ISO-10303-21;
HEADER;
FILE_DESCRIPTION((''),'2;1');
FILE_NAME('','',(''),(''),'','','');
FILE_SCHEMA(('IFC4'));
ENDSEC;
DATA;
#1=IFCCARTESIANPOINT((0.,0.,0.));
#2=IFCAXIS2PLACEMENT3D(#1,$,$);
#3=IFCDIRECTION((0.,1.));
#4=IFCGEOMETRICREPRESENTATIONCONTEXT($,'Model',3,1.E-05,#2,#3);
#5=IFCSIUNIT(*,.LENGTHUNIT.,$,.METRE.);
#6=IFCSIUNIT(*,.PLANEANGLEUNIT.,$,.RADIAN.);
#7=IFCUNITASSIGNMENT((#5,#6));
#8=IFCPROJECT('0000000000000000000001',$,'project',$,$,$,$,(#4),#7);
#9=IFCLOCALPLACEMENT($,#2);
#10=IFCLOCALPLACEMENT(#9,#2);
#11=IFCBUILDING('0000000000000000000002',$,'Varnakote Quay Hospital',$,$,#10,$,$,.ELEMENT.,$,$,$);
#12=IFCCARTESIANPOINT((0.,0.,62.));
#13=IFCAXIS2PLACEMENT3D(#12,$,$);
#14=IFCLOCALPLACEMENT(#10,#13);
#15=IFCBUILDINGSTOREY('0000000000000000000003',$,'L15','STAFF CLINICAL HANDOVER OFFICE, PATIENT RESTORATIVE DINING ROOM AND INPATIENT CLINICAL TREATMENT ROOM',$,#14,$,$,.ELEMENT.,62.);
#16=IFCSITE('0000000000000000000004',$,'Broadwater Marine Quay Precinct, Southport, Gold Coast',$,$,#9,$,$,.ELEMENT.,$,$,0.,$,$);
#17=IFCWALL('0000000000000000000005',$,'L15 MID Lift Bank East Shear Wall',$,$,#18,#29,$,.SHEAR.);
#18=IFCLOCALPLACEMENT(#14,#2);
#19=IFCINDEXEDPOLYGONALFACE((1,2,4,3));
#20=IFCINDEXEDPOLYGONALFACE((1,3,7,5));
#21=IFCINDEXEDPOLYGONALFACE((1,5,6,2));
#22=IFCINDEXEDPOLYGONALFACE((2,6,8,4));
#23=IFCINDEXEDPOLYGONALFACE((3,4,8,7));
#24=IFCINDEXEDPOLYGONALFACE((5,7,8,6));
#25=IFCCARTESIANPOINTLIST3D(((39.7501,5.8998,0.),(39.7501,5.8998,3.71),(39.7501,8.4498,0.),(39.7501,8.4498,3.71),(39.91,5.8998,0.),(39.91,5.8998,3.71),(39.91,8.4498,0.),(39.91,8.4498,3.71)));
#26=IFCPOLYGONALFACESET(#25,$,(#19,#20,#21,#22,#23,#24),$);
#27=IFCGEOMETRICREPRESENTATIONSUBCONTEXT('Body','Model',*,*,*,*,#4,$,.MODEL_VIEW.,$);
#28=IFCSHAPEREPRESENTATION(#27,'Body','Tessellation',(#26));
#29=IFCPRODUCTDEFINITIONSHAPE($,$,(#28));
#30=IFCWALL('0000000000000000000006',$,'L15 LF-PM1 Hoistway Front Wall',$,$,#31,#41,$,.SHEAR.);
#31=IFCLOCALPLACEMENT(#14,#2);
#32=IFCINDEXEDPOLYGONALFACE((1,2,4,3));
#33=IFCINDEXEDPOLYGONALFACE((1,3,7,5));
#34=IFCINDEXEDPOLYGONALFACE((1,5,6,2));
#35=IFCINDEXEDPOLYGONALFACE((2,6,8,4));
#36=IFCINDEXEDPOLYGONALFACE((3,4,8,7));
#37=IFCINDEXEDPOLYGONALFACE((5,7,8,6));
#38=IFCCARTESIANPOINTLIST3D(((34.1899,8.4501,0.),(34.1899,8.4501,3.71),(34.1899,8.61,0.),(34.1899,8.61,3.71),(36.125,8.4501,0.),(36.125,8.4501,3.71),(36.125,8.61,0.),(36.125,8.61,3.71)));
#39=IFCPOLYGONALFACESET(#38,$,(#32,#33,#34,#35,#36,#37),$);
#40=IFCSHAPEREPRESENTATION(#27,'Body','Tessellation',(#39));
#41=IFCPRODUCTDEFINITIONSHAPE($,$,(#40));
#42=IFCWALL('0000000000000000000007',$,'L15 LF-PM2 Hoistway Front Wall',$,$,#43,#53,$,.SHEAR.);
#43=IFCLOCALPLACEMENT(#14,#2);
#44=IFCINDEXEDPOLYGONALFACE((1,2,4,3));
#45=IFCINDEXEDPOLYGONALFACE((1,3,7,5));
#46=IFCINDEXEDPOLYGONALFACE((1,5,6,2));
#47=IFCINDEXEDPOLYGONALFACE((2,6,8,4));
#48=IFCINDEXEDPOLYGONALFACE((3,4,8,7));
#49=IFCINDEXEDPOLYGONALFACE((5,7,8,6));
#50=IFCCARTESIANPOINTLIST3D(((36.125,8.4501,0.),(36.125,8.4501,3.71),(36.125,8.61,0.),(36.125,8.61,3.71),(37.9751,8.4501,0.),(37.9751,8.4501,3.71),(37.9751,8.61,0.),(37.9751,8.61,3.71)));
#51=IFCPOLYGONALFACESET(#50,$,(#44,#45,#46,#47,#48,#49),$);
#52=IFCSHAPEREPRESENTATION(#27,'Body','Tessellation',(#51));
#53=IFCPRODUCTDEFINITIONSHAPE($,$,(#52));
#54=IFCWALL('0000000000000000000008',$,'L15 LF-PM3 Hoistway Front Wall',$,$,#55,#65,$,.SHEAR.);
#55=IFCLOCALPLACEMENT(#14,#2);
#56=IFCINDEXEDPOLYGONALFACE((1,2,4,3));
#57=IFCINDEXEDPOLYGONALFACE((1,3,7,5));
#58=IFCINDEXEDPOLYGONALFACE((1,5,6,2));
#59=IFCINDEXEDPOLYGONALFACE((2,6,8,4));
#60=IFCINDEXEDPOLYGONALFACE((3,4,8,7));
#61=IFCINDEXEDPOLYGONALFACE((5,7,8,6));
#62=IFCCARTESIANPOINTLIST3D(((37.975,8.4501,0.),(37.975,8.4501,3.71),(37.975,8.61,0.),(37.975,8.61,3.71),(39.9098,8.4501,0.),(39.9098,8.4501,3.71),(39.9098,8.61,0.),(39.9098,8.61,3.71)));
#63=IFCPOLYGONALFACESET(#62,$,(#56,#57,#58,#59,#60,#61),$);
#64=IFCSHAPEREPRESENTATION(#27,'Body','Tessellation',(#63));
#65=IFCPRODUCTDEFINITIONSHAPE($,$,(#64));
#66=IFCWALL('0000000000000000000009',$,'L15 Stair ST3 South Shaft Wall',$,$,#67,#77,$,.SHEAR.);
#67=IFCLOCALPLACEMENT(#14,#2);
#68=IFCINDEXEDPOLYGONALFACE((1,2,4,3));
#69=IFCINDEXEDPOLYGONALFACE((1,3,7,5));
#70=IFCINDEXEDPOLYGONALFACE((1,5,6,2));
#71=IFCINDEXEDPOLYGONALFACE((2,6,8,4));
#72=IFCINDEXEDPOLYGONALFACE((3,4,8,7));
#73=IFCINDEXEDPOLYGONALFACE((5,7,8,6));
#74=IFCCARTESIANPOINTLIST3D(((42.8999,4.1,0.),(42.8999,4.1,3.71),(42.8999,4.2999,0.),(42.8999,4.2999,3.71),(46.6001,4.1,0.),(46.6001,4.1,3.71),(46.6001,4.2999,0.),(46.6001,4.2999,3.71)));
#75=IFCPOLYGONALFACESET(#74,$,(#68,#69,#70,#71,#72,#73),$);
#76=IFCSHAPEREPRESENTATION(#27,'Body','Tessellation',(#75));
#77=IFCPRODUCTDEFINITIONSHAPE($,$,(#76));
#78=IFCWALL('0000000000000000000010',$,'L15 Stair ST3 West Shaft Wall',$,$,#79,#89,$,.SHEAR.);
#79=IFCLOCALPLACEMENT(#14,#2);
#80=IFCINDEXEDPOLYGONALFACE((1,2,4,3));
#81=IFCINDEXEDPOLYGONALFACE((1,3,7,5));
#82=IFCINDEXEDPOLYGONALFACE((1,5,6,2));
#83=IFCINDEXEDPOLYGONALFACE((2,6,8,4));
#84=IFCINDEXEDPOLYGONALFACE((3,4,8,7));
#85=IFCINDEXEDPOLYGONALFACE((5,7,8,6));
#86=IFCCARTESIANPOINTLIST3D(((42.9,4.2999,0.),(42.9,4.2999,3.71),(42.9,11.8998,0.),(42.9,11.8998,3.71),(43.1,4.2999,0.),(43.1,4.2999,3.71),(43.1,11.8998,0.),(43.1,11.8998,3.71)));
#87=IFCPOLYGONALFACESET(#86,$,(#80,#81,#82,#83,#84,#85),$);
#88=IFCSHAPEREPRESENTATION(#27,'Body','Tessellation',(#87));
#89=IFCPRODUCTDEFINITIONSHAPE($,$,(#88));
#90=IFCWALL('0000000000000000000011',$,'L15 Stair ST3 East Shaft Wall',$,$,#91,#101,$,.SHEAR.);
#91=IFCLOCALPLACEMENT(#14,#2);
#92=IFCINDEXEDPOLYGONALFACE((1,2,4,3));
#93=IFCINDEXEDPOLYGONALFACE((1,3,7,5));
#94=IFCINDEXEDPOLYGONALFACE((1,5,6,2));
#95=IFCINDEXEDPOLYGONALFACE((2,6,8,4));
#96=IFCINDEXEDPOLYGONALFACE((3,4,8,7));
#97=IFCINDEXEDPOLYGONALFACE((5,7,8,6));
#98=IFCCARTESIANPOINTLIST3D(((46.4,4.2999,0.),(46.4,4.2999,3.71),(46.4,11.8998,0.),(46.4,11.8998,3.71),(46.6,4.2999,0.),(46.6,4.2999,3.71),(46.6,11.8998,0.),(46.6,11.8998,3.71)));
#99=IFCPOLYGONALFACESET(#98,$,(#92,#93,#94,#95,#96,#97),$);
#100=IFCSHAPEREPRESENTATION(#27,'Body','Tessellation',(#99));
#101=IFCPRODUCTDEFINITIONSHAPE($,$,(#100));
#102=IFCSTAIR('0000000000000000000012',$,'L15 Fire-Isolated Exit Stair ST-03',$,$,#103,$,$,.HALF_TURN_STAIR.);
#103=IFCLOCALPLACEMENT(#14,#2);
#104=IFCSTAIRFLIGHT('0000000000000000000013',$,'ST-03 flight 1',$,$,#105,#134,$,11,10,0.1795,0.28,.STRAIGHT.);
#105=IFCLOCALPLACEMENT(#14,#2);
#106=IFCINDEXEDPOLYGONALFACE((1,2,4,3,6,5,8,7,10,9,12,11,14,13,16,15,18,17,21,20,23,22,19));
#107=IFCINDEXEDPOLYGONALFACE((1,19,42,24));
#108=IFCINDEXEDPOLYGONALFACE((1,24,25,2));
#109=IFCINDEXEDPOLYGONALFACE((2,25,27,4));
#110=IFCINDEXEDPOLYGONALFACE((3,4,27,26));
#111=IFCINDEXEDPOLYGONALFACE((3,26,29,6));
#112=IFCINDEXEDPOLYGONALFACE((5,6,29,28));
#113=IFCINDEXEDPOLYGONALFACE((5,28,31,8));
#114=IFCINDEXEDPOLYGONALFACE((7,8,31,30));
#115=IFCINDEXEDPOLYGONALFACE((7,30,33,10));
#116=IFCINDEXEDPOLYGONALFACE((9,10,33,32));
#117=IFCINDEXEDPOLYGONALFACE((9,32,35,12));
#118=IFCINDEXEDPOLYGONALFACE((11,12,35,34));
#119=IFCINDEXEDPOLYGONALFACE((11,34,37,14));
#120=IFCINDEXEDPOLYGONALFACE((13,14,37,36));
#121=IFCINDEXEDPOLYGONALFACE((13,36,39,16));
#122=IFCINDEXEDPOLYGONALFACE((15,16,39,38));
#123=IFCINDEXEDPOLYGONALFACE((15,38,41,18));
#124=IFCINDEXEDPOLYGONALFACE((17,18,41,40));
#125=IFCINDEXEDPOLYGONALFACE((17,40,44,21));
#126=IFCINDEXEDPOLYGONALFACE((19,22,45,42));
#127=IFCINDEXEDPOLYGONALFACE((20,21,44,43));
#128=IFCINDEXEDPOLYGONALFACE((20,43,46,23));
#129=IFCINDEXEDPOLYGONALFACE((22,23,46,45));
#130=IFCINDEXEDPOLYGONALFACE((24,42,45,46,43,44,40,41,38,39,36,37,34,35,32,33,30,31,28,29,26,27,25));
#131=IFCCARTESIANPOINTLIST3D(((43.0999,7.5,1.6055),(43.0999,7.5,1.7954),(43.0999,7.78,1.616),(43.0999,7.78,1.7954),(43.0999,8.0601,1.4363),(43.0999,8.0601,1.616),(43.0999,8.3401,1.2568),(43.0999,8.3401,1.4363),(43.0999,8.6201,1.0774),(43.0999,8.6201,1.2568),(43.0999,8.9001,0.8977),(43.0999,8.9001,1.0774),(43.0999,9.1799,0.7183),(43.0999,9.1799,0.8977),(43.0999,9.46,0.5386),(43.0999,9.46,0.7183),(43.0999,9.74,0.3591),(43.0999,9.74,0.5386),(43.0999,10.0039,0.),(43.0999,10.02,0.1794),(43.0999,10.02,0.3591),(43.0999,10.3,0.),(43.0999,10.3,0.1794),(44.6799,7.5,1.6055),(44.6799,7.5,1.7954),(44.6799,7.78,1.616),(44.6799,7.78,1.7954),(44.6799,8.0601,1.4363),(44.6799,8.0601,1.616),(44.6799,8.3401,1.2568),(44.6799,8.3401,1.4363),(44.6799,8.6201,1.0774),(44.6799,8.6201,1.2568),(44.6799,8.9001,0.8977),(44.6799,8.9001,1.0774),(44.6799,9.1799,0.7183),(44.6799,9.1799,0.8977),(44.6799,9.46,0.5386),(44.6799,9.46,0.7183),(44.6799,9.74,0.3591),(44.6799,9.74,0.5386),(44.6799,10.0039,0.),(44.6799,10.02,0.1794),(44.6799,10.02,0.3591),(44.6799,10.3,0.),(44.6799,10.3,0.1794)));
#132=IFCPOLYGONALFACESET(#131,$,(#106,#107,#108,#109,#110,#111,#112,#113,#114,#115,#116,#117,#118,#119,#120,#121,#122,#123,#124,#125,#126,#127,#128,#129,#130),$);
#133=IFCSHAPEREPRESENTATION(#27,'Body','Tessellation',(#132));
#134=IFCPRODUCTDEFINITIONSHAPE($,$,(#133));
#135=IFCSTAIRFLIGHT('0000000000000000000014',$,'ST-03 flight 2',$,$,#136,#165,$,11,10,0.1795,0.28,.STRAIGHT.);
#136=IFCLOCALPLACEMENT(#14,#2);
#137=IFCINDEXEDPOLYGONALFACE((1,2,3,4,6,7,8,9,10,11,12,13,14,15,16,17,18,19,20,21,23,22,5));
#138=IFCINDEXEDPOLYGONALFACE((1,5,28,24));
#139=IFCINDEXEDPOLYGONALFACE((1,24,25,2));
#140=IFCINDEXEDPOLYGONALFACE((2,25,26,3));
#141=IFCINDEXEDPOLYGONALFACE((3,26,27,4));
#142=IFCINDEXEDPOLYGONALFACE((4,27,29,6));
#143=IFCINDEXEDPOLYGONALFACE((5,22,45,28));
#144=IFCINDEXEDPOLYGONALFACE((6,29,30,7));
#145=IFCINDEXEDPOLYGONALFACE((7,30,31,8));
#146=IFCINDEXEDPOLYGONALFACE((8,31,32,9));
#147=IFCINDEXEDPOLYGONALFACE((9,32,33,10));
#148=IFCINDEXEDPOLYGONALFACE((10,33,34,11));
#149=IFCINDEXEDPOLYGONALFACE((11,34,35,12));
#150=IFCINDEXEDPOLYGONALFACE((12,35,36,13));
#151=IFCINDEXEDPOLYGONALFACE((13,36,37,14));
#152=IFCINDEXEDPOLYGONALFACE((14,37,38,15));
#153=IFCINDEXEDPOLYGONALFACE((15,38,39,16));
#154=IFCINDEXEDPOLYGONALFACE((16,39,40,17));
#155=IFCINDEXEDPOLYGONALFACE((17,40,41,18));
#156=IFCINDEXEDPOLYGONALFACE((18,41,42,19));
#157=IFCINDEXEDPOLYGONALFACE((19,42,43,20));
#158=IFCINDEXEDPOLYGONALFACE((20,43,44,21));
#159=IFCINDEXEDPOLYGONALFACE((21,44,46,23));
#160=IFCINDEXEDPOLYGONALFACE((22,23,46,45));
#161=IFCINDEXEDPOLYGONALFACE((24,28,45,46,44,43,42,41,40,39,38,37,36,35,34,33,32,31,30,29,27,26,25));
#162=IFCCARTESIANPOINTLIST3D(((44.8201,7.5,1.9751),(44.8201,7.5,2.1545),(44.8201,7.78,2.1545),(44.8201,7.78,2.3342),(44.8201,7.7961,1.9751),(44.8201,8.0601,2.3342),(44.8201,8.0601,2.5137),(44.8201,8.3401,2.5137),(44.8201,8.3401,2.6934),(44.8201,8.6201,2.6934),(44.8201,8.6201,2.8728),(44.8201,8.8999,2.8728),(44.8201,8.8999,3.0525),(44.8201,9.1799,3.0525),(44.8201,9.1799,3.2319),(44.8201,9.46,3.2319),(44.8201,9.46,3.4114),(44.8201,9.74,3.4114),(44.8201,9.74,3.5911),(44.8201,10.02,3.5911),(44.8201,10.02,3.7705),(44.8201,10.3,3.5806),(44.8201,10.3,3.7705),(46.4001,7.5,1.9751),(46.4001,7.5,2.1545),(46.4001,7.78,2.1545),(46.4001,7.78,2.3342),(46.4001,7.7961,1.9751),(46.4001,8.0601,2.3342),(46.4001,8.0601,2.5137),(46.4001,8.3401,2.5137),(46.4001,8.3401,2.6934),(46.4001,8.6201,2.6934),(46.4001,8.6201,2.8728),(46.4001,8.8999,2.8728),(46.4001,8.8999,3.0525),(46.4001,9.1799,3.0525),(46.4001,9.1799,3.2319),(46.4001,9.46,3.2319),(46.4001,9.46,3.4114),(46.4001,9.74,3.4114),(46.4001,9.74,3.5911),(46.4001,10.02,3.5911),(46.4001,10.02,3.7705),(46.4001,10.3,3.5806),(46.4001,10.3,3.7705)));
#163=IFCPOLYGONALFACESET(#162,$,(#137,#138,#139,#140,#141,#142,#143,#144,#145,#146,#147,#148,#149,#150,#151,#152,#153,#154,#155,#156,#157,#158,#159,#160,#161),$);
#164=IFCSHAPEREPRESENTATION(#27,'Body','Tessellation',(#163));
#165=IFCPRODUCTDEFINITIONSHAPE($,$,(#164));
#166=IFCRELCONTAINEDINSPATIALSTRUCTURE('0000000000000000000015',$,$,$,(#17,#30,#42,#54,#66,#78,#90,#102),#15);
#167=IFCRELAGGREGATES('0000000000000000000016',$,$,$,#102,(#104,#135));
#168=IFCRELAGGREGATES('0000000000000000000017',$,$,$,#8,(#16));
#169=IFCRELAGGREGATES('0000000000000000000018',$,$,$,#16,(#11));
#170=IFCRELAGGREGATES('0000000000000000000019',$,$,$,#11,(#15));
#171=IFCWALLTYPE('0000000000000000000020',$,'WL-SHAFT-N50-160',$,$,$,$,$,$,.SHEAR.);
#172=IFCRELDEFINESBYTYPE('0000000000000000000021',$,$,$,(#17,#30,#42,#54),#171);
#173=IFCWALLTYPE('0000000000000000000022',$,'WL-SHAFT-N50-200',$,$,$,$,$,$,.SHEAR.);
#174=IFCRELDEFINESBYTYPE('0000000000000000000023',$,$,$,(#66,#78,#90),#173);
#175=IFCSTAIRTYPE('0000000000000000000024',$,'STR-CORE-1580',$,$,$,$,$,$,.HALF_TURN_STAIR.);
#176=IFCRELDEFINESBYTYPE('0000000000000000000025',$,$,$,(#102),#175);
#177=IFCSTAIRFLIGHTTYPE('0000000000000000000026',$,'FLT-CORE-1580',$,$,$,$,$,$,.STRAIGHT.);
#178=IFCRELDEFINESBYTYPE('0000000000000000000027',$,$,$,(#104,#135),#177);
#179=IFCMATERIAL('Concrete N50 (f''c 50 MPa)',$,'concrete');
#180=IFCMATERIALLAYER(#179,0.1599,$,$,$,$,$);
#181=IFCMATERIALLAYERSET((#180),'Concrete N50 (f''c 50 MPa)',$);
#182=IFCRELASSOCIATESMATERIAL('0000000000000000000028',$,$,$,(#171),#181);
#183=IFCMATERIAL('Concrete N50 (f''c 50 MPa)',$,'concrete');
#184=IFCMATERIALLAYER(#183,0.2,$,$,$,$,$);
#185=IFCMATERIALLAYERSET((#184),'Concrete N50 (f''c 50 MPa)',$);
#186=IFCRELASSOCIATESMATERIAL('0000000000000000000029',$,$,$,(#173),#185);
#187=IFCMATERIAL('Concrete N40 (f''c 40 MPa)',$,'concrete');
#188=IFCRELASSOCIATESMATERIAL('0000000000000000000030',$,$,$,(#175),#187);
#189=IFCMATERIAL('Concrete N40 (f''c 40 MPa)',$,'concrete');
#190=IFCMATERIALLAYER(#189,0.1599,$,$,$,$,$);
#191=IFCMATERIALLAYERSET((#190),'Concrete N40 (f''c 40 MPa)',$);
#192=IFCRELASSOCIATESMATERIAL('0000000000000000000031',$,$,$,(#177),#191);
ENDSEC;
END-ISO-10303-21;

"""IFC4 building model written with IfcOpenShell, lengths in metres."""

from ifc_helpers import new_model, si_unit, direction, frame, frame_2d, origin, place, context, subcontext, project, spatial, polyline, rectangle, outline, extrude, material, layer, layer_set, type_object, element, aggregate, save


model = new_model("IFC4")

# Units and contexts
model_context = context("Model", 3, precision=1e-05, world=origin(), true_north=direction((0.0, 1.0)))
body_context = subcontext(model_context, "Body", "Model", "MODEL_VIEW")
ifc_project = project(units=[si_unit("LENGTHUNIT", "METRE"), si_unit("PLANEANGLEUNIT", "RADIAN")], contexts=[model_context])

# Site, building, storey
site_placement = place(None, origin())
site = spatial("IfcSite", under=ifc_project, at=site_placement, Name="Broadwater Marine Quay Precinct, Southport, Gold Coast", CompositionType="ELEMENT", RefElevation=0.0)
building_placement = place(site_placement, origin())
building = spatial("IfcBuilding", under=site, at=building_placement, Name="Varnakote Quay Hospital", CompositionType="ELEMENT")
storey_placement = place(building_placement, frame((0.0, 0.0, 62.0)))
storey = spatial("IfcBuildingStorey", under=building, at=storey_placement, Name="L15", Description="STAFF CLINICAL HANDOVER OFFICE, PATIENT RESTORATIVE DINING ROOM AND INPATIENT CLINICAL TREATMENT ROOM", CompositionType="ELEMENT", Elevation=62.0)

# Walls
ifc_material_1 = material(Name="Concrete N50 (f'c 50 MPa)", Category="concrete")
ifc_layer_1 = layer(ifc_material_1, 0.1599)
ifc_layer_set_1 = layer_set([ifc_layer_1], Name="Concrete N50 (f'c 50 MPa)")
wall_type_1 = type_object("IfcWallType", Name="WL-SHAFT-N50-160", PredefinedType="SHEAR", material=ifc_layer_set_1)
for number, where, z_axis, x_axis, name in (
    (1, (39.8301, 5.8999, 0.0), (0.0, 0.0, 1.0), (0.0, 1.0, 0.0), "L15 MID Lift Bank East Shear Wall"),
):
    element("IfcWall", number, at=place(storey_placement, frame(where, z_axis=z_axis, x_axis=x_axis)), inside=storey, type_object=wall_type_1, Name=name, PredefinedType="SHEAR", context=body_context, shape_type="SweptSolid", body=[
        extrude(rectangle(XDim=2.55, YDim=0.1599, at=frame_2d((1.2749, 0.0))), origin(), (0.0, 0.0, 1.0), 3.71),
    ])
wall_1_placement = place(storey_placement, frame((34.1899, 8.53, 0.0), z_axis=(0.0, 0.0, 1.0), x_axis=(1.0, 0.0, 0.0)))
element("IfcWall", 2, at=wall_1_placement, inside=storey, type_object=wall_type_1, Name="L15 LF-PM1 Hoistway Front Wall", PredefinedType="SHEAR", context=body_context, shape_type="SweptSolid", body=[
    extrude(rectangle(XDim=1.9351, YDim=0.1599, at=frame_2d((0.9675, 0.0))), origin(), (0.0, 0.0, 1.0), 3.71),
])
wall_2_placement = place(storey_placement, frame((36.125, 8.53, 0.0), z_axis=(0.0, 0.0, 1.0), x_axis=(1.0, 0.0, 0.0)))
element("IfcWall", 3, at=wall_2_placement, inside=storey, type_object=wall_type_1, Name="L15 LF-PM2 Hoistway Front Wall", PredefinedType="SHEAR", context=body_context, shape_type="SweptSolid", body=[
    extrude(rectangle(XDim=1.8501, YDim=0.1599, at=frame_2d((0.925, 0.0))), origin(), (0.0, 0.0, 1.0), 3.71),
])
wall_3_placement = place(storey_placement, frame((37.9751, 8.53, 0.0), z_axis=(0.0, 0.0, 1.0), x_axis=(1.0, 0.0, 0.0)))
element("IfcWall", 4, at=wall_3_placement, inside=storey, type_object=wall_type_1, Name="L15 LF-PM3 Hoistway Front Wall", PredefinedType="SHEAR", context=body_context, shape_type="SweptSolid", body=[
    extrude(rectangle(XDim=1.9348, YDim=0.1599, at=frame_2d((0.9673, 0.0))), origin(), (0.0, 0.0, 1.0), 3.71),
])
ifc_material_2 = material(Name="Concrete N50 (f'c 50 MPa)", Category="concrete")
ifc_layer_2 = layer(ifc_material_2, 0.2)
ifc_layer_set_2 = layer_set([ifc_layer_2], Name="Concrete N50 (f'c 50 MPa)")
wall_type_2 = type_object("IfcWallType", Name="WL-SHAFT-N50-200", PredefinedType="SHEAR", material=ifc_layer_set_2)
wall_4_placement = place(storey_placement, frame((42.8999, 4.2, 0.0), z_axis=(0.0, 0.0, 1.0), x_axis=(1.0, 0.0, 0.0)))
element("IfcWall", 5, at=wall_4_placement, inside=storey, type_object=wall_type_2, Name="L15 Stair ST3 South Shaft Wall", PredefinedType="SHEAR", context=body_context, shape_type="SweptSolid", body=[
    extrude(rectangle(XDim=3.7002, YDim=0.2, at=frame_2d((1.8501, 0.0))), origin(), (0.0, 0.0, 1.0), 3.71),
])
for number, where, z_axis, x_axis, name in (
    (6, (43.0, 4.3, 0.0), (0.0, 0.0, 1.0), (0.0, 1.0, 0.0), "L15 Stair ST3 West Shaft Wall"),
    (7, (46.5, 4.3, 0.0), (0.0, 0.0, 1.0), (0.0, 1.0, 0.0), "L15 Stair ST3 East Shaft Wall"),
):
    element("IfcWall", number, at=place(storey_placement, frame(where, z_axis=z_axis, x_axis=x_axis)), inside=storey, type_object=wall_type_2, Name=name, PredefinedType="SHEAR", context=body_context, shape_type="SweptSolid", body=[
        extrude(rectangle(XDim=7.5999, YDim=0.2, at=frame_2d((3.7998, 0.0))), origin(), (0.0, 0.0, 1.0), 3.71),
    ])

# Stair, stair flights
ifc_material_3 = material(Name="Concrete N40 (f'c 40 MPa)", Category="concrete")
stair_type = type_object("IfcStairType", Name="STR-CORE-1580", PredefinedType="HALF_TURN_STAIR", material=ifc_material_3)
stair_placement = place(storey_placement, origin())
stair = element("IfcStair", 8, at=stair_placement, inside=storey, type_object=stair_type, Name="L15 Fire-Isolated Exit Stair ST-03", PredefinedType="HALF_TURN_STAIR")
ifc_material_4 = material(Name="Concrete N40 (f'c 40 MPa)", Category="concrete")
ifc_layer_3 = layer(ifc_material_4, 0.1599)
ifc_layer_set_3 = layer_set([ifc_layer_3], Name="Concrete N40 (f'c 40 MPa)")
stair_flight_type = type_object("IfcStairFlightType", Name="FLT-CORE-1580", PredefinedType="STRAIGHT", material=ifc_layer_set_3)
stair_flight_1_placement = place(storey_placement, frame((43.8899, 10.3, 0.0), z_axis=(0.0, 0.0, 1.0), x_axis=(0.0, -1.0, 0.0)))
stair_flight_1 = element("IfcStairFlight", 9, at=stair_flight_1_placement, type_object=stair_flight_type, Name="ST-03 flight 1", NumberOfRisers=11, NumberOfTreads=10, PredefinedType="STRAIGHT", RiserHeight=0.1795, TreadLength=0.28, context=body_context, shape_type="SweptSolid", body=[
    extrude(outline(polyline([(0.0, 0.0), (0.0, 0.1794), (0.28, 0.1794), (0.28, 0.3591), (0.5601, 0.3591), (0.5601, 0.5386), (0.8401, 0.5386), (0.8401, 0.7183), (1.1201, 0.7183), (1.1201, 0.8977), (1.3999, 0.8977), (1.3999, 1.0774), (1.6799, 1.0774), (1.6799, 1.2568), (1.96, 1.2568), (1.96, 1.4363), (2.24, 1.4363), (2.24, 1.616), (2.52, 1.616), (2.52, 1.7954), (2.8, 1.7954), (2.8, 1.9751), (2.8, 1.6055), (0.2961, 0.0), (0.0, 0.0)])), frame((0.0, 0.79, 0.0), z_axis=(0.0, -1.0, 0.0), x_axis=(1.0, 0.0, 0.0)), (0.0, 0.0, 1.0), 1.5801),
])
stair_flight_2_placement = place(storey_placement, frame((45.6101, 7.5, 1.9751), z_axis=(0.0, 0.0, 1.0), x_axis=(0.0, 1.0, 0.0)))
stair_flight_2 = element("IfcStairFlight", 10, at=stair_flight_2_placement, type_object=stair_flight_type, Name="ST-03 flight 2", NumberOfRisers=11, NumberOfTreads=10, PredefinedType="STRAIGHT", RiserHeight=0.1795, TreadLength=0.28, context=body_context, shape_type="SweptSolid", body=[
    extrude(outline(polyline([(0.0, 0.0), (0.0, 0.1794), (0.28, 0.1794), (0.28, 0.3591), (0.5601, 0.3591), (0.5601, 0.5386), (0.8401, 0.5386), (0.8401, 0.7183), (1.1201, 0.7183), (1.1201, 0.8977), (1.3999, 0.8977), (1.3999, 1.0774), (1.6799, 1.0774), (1.6799, 1.2568), (1.96, 1.2568), (1.96, 1.4363), (2.24, 1.4363), (2.24, 1.616), (2.52, 1.616), (2.52, 1.7954), (2.8, 1.7954), (2.8, 1.9751), (2.8, 1.6055), (0.2961, 0.0), (0.0, 0.0)])), frame((0.0, 0.79, 0.0), z_axis=(0.0, -1.0, 0.0), x_axis=(1.0, 0.0, 0.0)), (0.0, 0.0, 1.0), 1.5801),
])
aggregate(stair, [stair_flight_1, stair_flight_2])

save(model, "model.ifc")
